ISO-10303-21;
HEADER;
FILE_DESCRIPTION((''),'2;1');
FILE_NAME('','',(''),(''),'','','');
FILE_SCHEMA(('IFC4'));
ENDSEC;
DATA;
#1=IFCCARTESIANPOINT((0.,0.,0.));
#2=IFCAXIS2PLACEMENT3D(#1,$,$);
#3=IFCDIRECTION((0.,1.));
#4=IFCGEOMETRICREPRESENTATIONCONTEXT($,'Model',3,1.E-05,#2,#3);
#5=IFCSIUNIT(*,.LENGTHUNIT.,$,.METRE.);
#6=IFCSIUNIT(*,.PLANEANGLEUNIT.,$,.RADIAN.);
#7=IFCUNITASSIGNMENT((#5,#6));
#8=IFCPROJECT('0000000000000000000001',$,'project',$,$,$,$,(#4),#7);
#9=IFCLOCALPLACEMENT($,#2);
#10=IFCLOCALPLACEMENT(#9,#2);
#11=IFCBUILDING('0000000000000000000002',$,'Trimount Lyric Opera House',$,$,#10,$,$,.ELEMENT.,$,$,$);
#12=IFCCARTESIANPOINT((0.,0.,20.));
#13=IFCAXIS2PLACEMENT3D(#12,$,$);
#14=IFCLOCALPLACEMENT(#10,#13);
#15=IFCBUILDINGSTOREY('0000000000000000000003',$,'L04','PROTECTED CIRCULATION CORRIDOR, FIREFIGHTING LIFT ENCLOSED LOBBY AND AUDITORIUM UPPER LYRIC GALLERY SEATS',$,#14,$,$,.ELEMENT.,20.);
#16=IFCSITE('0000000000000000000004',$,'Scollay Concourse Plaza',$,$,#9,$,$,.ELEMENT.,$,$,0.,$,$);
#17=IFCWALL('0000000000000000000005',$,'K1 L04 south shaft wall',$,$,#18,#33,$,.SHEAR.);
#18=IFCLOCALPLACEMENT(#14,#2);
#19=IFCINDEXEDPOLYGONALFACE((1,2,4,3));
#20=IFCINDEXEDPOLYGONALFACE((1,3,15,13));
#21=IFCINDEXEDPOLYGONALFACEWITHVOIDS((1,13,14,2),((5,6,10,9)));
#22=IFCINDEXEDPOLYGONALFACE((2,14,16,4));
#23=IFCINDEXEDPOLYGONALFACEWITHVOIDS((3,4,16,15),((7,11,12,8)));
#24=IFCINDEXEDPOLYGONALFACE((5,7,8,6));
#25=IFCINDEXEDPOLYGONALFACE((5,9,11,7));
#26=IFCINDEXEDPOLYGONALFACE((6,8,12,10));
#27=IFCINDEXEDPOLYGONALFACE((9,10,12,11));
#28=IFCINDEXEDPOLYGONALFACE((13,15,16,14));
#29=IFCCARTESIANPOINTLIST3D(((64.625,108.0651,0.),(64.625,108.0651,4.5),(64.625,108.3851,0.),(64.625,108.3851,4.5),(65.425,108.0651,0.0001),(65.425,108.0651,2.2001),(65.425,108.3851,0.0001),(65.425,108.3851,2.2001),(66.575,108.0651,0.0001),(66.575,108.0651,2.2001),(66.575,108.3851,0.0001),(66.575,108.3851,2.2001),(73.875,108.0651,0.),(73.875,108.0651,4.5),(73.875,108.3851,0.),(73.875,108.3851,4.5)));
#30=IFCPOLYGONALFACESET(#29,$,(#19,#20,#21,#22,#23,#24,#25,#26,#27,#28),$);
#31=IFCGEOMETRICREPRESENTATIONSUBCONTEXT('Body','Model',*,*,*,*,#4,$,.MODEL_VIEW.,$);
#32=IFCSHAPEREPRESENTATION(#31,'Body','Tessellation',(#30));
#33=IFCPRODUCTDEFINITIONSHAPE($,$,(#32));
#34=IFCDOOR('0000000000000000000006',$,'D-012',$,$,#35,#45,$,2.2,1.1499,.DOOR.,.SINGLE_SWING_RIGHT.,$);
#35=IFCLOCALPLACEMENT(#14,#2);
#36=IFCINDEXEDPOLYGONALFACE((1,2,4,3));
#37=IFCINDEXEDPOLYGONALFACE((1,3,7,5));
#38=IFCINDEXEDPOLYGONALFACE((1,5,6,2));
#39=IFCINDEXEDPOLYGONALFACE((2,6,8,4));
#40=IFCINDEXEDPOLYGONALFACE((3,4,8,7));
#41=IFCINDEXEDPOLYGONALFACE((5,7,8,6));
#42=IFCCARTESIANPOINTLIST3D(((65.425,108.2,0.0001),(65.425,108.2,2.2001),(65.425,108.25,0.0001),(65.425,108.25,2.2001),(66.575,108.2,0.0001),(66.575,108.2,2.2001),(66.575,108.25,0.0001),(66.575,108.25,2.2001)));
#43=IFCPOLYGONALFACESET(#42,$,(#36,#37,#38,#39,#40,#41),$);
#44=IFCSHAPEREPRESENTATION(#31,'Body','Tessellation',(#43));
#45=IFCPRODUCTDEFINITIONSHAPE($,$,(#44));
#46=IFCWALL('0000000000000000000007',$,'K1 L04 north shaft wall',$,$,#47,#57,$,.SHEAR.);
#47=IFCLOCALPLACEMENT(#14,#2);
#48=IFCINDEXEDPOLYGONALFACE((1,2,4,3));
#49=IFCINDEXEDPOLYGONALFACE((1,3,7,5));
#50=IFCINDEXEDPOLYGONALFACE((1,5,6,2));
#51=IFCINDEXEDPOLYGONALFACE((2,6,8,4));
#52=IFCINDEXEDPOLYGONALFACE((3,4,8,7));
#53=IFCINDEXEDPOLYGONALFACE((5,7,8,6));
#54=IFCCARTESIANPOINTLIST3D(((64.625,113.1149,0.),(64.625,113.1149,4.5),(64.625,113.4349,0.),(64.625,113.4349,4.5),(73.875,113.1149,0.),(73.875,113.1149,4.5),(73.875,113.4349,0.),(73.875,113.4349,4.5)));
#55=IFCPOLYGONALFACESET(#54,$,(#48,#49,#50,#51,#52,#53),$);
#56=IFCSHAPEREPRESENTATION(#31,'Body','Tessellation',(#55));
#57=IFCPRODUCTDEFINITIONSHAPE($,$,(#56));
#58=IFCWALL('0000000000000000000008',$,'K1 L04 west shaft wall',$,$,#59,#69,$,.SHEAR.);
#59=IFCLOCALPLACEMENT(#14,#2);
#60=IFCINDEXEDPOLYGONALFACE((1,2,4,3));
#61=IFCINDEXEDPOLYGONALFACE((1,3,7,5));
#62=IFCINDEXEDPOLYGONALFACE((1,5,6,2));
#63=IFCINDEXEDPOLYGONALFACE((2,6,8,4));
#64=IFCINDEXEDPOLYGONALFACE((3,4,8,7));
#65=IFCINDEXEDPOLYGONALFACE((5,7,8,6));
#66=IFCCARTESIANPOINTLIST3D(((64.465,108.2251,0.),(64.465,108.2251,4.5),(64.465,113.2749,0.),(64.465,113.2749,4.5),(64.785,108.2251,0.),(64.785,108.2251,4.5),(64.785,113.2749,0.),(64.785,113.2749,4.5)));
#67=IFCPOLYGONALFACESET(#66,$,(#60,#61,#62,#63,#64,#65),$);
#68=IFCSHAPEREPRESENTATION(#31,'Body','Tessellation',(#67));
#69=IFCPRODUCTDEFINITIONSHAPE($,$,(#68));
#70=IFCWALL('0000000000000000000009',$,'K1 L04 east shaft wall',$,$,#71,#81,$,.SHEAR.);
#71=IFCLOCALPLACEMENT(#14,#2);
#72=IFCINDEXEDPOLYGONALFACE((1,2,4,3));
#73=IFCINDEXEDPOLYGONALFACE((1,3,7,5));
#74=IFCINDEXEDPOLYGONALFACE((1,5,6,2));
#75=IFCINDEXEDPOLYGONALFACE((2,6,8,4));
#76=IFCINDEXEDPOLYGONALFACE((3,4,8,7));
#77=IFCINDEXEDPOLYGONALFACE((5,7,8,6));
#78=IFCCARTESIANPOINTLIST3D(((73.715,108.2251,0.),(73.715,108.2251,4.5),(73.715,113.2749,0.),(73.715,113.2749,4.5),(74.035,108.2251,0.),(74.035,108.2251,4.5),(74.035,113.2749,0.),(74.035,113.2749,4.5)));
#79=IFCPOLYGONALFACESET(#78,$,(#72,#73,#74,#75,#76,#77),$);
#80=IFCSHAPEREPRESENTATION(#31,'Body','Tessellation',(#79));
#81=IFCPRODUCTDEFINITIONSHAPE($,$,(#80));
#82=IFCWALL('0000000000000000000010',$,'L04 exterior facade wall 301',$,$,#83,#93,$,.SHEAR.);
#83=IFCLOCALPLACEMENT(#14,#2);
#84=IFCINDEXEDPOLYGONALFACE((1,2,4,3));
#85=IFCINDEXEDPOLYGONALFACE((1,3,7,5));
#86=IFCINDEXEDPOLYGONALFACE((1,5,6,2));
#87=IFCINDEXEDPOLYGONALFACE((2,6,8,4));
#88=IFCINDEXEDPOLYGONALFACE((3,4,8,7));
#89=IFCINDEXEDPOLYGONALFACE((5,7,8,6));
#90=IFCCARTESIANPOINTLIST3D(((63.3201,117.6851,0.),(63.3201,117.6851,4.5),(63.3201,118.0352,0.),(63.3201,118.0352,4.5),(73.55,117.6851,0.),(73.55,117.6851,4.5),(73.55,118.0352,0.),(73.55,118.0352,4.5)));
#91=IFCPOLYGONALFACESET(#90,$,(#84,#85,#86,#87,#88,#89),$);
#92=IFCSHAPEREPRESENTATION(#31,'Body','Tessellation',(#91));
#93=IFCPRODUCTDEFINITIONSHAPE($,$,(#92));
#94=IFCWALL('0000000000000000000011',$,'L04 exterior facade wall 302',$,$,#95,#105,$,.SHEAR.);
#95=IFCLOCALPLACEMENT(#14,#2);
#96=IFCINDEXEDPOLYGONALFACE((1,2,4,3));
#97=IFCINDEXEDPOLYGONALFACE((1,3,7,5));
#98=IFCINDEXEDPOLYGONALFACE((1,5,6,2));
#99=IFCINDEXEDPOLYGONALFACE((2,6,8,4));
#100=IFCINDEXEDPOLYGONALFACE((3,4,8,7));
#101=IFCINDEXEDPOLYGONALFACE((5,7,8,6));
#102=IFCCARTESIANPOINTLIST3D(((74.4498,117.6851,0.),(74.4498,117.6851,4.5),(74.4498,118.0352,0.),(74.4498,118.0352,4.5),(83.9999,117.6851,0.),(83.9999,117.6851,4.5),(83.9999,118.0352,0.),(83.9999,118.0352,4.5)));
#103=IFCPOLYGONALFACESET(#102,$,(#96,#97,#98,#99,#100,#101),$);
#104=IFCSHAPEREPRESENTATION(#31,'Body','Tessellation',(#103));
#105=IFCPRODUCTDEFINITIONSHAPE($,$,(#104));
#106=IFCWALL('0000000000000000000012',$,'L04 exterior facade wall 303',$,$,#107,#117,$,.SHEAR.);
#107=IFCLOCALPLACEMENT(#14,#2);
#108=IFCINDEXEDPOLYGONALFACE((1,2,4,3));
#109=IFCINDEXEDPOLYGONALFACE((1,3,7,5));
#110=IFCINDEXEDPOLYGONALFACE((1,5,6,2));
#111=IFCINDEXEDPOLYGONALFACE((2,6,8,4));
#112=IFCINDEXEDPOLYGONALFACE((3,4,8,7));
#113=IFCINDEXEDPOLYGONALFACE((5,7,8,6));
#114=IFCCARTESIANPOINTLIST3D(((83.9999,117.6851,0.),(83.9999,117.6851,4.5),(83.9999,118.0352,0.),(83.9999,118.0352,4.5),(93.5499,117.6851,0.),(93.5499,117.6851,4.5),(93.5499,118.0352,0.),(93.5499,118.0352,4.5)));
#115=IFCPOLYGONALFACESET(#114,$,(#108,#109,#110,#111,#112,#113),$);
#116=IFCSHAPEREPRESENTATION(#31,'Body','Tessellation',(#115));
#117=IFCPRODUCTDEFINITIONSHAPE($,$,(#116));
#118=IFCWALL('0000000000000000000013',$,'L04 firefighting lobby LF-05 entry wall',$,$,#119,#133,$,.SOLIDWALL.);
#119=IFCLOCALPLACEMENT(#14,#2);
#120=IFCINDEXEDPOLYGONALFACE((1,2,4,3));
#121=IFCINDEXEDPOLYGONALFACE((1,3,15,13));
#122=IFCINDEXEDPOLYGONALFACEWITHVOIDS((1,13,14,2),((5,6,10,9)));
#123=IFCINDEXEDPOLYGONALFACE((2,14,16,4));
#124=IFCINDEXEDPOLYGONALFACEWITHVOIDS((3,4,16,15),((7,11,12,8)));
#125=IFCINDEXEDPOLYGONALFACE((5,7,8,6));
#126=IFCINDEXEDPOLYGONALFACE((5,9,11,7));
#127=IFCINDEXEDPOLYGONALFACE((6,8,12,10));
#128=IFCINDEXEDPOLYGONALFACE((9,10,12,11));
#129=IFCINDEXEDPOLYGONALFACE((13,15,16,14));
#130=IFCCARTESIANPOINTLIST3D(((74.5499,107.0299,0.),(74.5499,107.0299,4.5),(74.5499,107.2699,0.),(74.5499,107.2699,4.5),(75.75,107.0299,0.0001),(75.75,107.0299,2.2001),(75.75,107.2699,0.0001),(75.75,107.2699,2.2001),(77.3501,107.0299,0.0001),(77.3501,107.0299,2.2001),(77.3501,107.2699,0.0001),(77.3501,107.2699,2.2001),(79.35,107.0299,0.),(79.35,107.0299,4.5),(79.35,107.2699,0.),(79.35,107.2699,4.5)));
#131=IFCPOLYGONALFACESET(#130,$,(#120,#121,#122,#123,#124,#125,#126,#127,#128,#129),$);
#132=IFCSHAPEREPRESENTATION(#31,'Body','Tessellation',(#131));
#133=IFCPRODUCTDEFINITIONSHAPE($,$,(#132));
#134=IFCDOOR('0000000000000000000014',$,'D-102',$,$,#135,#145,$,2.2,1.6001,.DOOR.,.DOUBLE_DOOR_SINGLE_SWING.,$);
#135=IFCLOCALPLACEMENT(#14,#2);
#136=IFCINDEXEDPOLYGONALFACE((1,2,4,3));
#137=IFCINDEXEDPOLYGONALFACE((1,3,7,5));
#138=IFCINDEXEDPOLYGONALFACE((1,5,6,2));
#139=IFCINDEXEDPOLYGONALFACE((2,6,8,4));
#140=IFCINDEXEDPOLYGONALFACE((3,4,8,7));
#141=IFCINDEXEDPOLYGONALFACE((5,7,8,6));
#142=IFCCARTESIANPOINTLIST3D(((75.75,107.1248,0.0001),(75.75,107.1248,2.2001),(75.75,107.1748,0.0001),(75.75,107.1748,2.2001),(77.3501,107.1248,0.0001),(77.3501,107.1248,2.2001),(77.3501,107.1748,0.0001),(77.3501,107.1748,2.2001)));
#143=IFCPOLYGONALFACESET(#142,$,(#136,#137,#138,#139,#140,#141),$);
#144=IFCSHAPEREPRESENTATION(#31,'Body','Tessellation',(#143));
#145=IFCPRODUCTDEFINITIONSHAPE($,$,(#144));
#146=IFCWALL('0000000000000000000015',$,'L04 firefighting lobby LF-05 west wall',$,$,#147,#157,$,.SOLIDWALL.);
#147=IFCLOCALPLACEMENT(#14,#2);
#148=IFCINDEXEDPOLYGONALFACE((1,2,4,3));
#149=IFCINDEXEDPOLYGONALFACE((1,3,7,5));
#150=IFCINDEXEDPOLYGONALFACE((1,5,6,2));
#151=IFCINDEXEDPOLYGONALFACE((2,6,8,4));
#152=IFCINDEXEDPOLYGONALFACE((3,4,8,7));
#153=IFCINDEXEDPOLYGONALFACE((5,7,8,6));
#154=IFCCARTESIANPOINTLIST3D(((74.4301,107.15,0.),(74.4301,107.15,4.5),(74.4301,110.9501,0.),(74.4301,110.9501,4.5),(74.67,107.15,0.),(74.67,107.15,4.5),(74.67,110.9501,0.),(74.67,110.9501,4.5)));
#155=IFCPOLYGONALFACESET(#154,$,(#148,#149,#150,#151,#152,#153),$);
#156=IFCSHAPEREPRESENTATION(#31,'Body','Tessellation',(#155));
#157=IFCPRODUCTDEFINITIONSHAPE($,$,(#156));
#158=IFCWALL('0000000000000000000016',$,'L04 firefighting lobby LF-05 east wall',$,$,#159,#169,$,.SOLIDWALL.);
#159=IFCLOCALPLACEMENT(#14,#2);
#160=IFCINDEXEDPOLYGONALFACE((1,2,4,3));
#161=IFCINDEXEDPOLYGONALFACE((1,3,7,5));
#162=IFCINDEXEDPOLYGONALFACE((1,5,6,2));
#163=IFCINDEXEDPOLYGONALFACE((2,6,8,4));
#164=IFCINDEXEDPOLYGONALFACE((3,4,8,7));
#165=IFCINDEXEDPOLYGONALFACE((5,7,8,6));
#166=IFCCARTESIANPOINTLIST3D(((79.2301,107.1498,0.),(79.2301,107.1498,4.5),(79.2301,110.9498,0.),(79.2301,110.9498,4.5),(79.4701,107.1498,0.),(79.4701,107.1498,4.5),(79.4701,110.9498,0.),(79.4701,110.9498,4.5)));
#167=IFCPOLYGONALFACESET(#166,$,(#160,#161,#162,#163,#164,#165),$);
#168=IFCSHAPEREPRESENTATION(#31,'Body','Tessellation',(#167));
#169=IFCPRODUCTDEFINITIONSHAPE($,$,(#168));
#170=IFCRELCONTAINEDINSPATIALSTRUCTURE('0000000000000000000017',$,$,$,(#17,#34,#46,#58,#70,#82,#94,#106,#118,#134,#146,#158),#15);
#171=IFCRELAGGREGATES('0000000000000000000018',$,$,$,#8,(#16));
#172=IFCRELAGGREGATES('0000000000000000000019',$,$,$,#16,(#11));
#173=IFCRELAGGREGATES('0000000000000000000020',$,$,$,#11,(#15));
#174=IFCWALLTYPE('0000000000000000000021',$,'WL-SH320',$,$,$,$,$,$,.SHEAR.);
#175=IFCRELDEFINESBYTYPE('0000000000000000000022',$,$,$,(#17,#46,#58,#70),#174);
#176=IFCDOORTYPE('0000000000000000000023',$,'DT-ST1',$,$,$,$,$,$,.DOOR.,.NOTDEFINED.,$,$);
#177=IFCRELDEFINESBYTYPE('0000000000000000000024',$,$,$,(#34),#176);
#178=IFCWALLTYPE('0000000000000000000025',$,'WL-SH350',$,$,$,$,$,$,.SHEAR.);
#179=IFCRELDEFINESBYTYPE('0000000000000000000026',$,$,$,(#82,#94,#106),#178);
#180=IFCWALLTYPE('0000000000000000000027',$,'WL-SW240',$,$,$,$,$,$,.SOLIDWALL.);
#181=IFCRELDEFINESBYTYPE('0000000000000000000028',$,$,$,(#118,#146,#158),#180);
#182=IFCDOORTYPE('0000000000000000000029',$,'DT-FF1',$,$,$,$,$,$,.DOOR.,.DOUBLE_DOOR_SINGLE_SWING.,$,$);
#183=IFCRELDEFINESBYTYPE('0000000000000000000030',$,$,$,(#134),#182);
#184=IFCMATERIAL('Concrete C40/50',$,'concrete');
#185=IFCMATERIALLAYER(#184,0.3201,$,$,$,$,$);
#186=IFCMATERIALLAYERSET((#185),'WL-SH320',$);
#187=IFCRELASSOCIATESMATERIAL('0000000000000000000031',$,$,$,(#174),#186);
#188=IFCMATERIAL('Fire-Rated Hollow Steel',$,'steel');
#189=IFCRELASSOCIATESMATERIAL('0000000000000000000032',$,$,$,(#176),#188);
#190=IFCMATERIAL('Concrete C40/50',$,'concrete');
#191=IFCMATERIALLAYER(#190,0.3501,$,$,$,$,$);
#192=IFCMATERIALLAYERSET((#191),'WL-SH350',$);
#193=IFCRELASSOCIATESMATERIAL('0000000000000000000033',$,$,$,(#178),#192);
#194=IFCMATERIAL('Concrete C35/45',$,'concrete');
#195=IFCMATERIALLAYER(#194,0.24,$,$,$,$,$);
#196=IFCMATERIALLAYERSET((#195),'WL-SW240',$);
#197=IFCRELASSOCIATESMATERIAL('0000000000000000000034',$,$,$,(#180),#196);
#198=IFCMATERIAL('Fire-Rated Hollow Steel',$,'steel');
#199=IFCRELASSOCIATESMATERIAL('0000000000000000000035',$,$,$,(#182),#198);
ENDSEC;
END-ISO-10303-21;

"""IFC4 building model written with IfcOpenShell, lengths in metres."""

from ifc_helpers import new_model, si_unit, direction, frame, frame_2d, origin, place, context, subcontext, project, spatial, rectangle, extrude, material, layer, layer_set, type_object, element, fill, save


model = new_model("IFC4")

# Units and contexts
model_context = context("Model", 3, precision=1e-05, world=origin(), true_north=direction((0.0, 1.0)))
body_context = subcontext(model_context, "Body", "Model", "MODEL_VIEW")
ifc_project = project(units=[si_unit("LENGTHUNIT", "METRE"), si_unit("PLANEANGLEUNIT", "RADIAN")], contexts=[model_context])

# Site, building, storey
site_placement = place(None, origin())
site = spatial("IfcSite", under=ifc_project, at=site_placement, Name="Scollay Concourse Plaza", CompositionType="ELEMENT", RefElevation=0.0)
building_placement = place(site_placement, origin())
building = spatial("IfcBuilding", under=site, at=building_placement, Name="Trimount Lyric Opera House", CompositionType="ELEMENT")
storey_placement = place(building_placement, frame((0.0, 0.0, 20.0)))
storey = spatial("IfcBuildingStorey", under=building, at=storey_placement, Name="L04", Description="PROTECTED CIRCULATION CORRIDOR, FIREFIGHTING LIFT ENCLOSED LOBBY AND AUDITORIUM UPPER LYRIC GALLERY SEATS", CompositionType="ELEMENT", Elevation=20.0)

# Wall, opening, door
ifc_material_1 = material(Name="Concrete C40/50", Category="concrete")
ifc_layer_1 = layer(ifc_material_1, 0.3201)
ifc_layer_set_1 = layer_set([ifc_layer_1], Name="WL-SH320")
wall_type_1 = type_object("IfcWallType", Name="WL-SH320", PredefinedType="SHEAR", material=ifc_layer_set_1)
wall_1_placement = place(storey_placement, frame((64.625, 108.2251, 0.0), z_axis=(0.0, 0.0, 1.0), x_axis=(1.0, 0.0, 0.0)))
wall_1 = element("IfcWall", 1, at=wall_1_placement, inside=storey, type_object=wall_type_1, Name="K1 L04 south shaft wall", PredefinedType="SHEAR", context=body_context, shape_type="SweptSolid", body=[
    extrude(rectangle(XDim=9.25, YDim=0.3201, at=frame_2d((4.625, 0.0))), origin(), (0.0, 0.0, 1.0), 4.5),
])
opening_1_placement = place(wall_1_placement, frame((0.8, 0.0, 0.0)))
opening_1 = element("IfcOpeningElement", 2, at=opening_1_placement, cuts=wall_1, PredefinedType="OPENING", context=body_context, shape_type="SweptSolid", body=[
    extrude(rectangle(XDim=1.1499, YDim=2.2, at=frame_2d((0.575, 1.1001))), frame((0.0, 0.1699, 0.0), z_axis=(0.0, -1.0, 0.0), x_axis=(1.0, 0.0, 0.0)), (0.0, 0.0, 1.0), 0.3401),
])
ifc_material_2 = material(Name="Fire-Rated Hollow Steel", Category="steel")
door_type_1 = type_object("IfcDoorType", Name="DT-ST1", OperationType="NOTDEFINED", PredefinedType="DOOR", material=ifc_material_2)
door_1_placement = place(opening_1_placement, origin())
door_1 = element("IfcDoor", 3, at=door_1_placement, inside=storey, type_object=door_type_1, Name="D-012", OperationType="SINGLE_SWING_RIGHT", OverallHeight=2.2, OverallWidth=1.1499, PredefinedType="DOOR", context=body_context, shape_type="SweptSolid", body=[
    extrude(rectangle(XDim=1.1499, YDim=2.2, at=frame_2d((0.575, 1.1001))), frame((0.0, 0.0249, 0.0), z_axis=(0.0, -1.0, 0.0), x_axis=(1.0, 0.0, 0.0)), (0.0, 0.0, 1.0), 0.05),
])
fill(opening_1, door_1)

# Walls
wall_2_placement = place(storey_placement, frame((73.875, 113.2749, 0.0), z_axis=(0.0, 0.0, 1.0), x_axis=(-1.0, 0.0, 0.0)))
element("IfcWall", 4, at=wall_2_placement, inside=storey, type_object=wall_type_1, Name="K1 L04 north shaft wall", PredefinedType="SHEAR", context=body_context, shape_type="SweptSolid", body=[
    extrude(rectangle(XDim=9.25, YDim=0.3201, at=frame_2d((4.625, 0.0))), origin(), (0.0, 0.0, 1.0), 4.5),
])
for number, where, z_axis, x_axis, name in (
    (5, (64.625, 113.2749, 0.0), (0.0, 0.0, 1.0), (0.0, -1.0, 0.0), "K1 L04 west shaft wall"),
    (6, (73.875, 108.2251, 0.0), (0.0, 0.0, 1.0), (0.0, 1.0, 0.0), "K1 L04 east shaft wall"),
):
    element("IfcWall", number, at=place(storey_placement, frame(where, z_axis=z_axis, x_axis=x_axis)), inside=storey, type_object=wall_type_1, Name=name, PredefinedType="SHEAR", context=body_context, shape_type="SweptSolid", body=[
        extrude(rectangle(XDim=5.0498, YDim=0.3201, at=frame_2d((2.5249, 0.0))), origin(), (0.0, 0.0, 1.0), 4.5),
    ])
ifc_material_3 = material(Name="Concrete C40/50", Category="concrete")
ifc_layer_2 = layer(ifc_material_3, 0.3501)
ifc_layer_set_2 = layer_set([ifc_layer_2], Name="WL-SH350")
wall_type_2 = type_object("IfcWallType", Name="WL-SH350", PredefinedType="SHEAR", material=ifc_layer_set_2)
wall_3_placement = place(storey_placement, frame((63.3201, 117.8601, 0.0), z_axis=(0.0, 0.0, 1.0), x_axis=(1.0, 0.0, 0.0)))
element("IfcWall", 7, at=wall_3_placement, inside=storey, type_object=wall_type_2, Name="L04 exterior facade wall 301", PredefinedType="SHEAR", context=body_context, shape_type="SweptSolid", body=[
    extrude(rectangle(XDim=10.23, YDim=0.3501, at=frame_2d((5.115, 0.0))), origin(), (0.0, 0.0, 1.0), 4.5),
])
for number, where, z_axis, x_axis, name in (
    (8, (74.45, 117.8601, 0.0), (0.0, 0.0, 1.0), (1.0, 0.0, 0.0), "L04 exterior facade wall 302"),
    (9, (84.0, 117.8601, 0.0), (0.0, 0.0, 1.0), (1.0, 0.0, 0.0), "L04 exterior facade wall 303"),
):
    element("IfcWall", number, at=place(storey_placement, frame(where, z_axis=z_axis, x_axis=x_axis)), inside=storey, type_object=wall_type_2, Name=name, PredefinedType="SHEAR", context=body_context, shape_type="SweptSolid", body=[
        extrude(rectangle(XDim=9.55, YDim=0.3501, at=frame_2d((4.7749, 0.0))), origin(), (0.0, 0.0, 1.0), 4.5),
    ])

# Wall, opening, door
ifc_material_4 = material(Name="Concrete C35/45", Category="concrete")
ifc_layer_3 = layer(ifc_material_4, 0.24)
ifc_layer_set_3 = layer_set([ifc_layer_3], Name="WL-SW240")
wall_type_3 = type_object("IfcWallType", Name="WL-SW240", PredefinedType="SOLIDWALL", material=ifc_layer_set_3)
wall_4_placement = place(storey_placement, frame((74.55, 107.1499, 0.0), z_axis=(0.0, 0.0, 1.0), x_axis=(1.0, 0.0, 0.0)))
wall_4 = element("IfcWall", 10, at=wall_4_placement, inside=storey, type_object=wall_type_3, Name="L04 firefighting lobby LF-05 entry wall", PredefinedType="SOLIDWALL", context=body_context, shape_type="SweptSolid", body=[
    extrude(rectangle(XDim=4.8, YDim=0.24, at=frame_2d((2.3999, 0.0))), origin(), (0.0, 0.0, 1.0), 4.5),
])
opening_2_placement = place(wall_4_placement, frame((1.2, 0.0, 0.0)))
opening_2 = element("IfcOpeningElement", 11, at=opening_2_placement, cuts=wall_4, PredefinedType="OPENING", context=body_context, shape_type="SweptSolid", body=[
    extrude(rectangle(XDim=1.6001, YDim=2.2, at=frame_2d((0.8, 1.1001))), frame((0.0, 0.1299, 0.0), z_axis=(0.0, -1.0, 0.0), x_axis=(1.0, 0.0, 0.0)), (0.0, 0.0, 1.0), 0.26),
])
ifc_material_5 = material(Name="Fire-Rated Hollow Steel", Category="steel")
door_type_2 = type_object("IfcDoorType", Name="DT-FF1", OperationType="DOUBLE_DOOR_SINGLE_SWING", PredefinedType="DOOR", material=ifc_material_5)
door_2_placement = place(opening_2_placement, origin())
door_2 = element("IfcDoor", 12, at=door_2_placement, inside=storey, type_object=door_type_2, Name="D-102", OperationType="DOUBLE_DOOR_SINGLE_SWING", OverallHeight=2.2, OverallWidth=1.6001, PredefinedType="DOOR", context=body_context, shape_type="SweptSolid", body=[
    extrude(rectangle(XDim=1.6001, YDim=2.2, at=frame_2d((0.8, 1.1001))), frame((0.0, 0.0249, 0.0), z_axis=(0.0, -1.0, 0.0), x_axis=(1.0, 0.0, 0.0)), (0.0, 0.0, 1.0), 0.05),
])
fill(opening_2, door_2)

# Walls
for number, where, z_axis, x_axis, name in (
    (13, (74.55, 110.95, 0.0), (0.0, 0.0, 1.0), (0.0, -1.0, 0.0), "L04 firefighting lobby LF-05 west wall"),
    (14, (79.3501, 107.1499, 0.0), (0.0, 0.0, 1.0), (0.0, 1.0, 0.0), "L04 firefighting lobby LF-05 east wall"),
):
    element("IfcWall", number, at=place(storey_placement, frame(where, z_axis=z_axis, x_axis=x_axis)), inside=storey, type_object=wall_type_3, Name=name, PredefinedType="SOLIDWALL", context=body_context, shape_type="SweptSolid", body=[
        extrude(rectangle(XDim=3.8, YDim=0.24, at=frame_2d((1.8999, 0.0))), origin(), (0.0, 0.0, 1.0), 4.5),
    ])

save(model, "model.ifc")
